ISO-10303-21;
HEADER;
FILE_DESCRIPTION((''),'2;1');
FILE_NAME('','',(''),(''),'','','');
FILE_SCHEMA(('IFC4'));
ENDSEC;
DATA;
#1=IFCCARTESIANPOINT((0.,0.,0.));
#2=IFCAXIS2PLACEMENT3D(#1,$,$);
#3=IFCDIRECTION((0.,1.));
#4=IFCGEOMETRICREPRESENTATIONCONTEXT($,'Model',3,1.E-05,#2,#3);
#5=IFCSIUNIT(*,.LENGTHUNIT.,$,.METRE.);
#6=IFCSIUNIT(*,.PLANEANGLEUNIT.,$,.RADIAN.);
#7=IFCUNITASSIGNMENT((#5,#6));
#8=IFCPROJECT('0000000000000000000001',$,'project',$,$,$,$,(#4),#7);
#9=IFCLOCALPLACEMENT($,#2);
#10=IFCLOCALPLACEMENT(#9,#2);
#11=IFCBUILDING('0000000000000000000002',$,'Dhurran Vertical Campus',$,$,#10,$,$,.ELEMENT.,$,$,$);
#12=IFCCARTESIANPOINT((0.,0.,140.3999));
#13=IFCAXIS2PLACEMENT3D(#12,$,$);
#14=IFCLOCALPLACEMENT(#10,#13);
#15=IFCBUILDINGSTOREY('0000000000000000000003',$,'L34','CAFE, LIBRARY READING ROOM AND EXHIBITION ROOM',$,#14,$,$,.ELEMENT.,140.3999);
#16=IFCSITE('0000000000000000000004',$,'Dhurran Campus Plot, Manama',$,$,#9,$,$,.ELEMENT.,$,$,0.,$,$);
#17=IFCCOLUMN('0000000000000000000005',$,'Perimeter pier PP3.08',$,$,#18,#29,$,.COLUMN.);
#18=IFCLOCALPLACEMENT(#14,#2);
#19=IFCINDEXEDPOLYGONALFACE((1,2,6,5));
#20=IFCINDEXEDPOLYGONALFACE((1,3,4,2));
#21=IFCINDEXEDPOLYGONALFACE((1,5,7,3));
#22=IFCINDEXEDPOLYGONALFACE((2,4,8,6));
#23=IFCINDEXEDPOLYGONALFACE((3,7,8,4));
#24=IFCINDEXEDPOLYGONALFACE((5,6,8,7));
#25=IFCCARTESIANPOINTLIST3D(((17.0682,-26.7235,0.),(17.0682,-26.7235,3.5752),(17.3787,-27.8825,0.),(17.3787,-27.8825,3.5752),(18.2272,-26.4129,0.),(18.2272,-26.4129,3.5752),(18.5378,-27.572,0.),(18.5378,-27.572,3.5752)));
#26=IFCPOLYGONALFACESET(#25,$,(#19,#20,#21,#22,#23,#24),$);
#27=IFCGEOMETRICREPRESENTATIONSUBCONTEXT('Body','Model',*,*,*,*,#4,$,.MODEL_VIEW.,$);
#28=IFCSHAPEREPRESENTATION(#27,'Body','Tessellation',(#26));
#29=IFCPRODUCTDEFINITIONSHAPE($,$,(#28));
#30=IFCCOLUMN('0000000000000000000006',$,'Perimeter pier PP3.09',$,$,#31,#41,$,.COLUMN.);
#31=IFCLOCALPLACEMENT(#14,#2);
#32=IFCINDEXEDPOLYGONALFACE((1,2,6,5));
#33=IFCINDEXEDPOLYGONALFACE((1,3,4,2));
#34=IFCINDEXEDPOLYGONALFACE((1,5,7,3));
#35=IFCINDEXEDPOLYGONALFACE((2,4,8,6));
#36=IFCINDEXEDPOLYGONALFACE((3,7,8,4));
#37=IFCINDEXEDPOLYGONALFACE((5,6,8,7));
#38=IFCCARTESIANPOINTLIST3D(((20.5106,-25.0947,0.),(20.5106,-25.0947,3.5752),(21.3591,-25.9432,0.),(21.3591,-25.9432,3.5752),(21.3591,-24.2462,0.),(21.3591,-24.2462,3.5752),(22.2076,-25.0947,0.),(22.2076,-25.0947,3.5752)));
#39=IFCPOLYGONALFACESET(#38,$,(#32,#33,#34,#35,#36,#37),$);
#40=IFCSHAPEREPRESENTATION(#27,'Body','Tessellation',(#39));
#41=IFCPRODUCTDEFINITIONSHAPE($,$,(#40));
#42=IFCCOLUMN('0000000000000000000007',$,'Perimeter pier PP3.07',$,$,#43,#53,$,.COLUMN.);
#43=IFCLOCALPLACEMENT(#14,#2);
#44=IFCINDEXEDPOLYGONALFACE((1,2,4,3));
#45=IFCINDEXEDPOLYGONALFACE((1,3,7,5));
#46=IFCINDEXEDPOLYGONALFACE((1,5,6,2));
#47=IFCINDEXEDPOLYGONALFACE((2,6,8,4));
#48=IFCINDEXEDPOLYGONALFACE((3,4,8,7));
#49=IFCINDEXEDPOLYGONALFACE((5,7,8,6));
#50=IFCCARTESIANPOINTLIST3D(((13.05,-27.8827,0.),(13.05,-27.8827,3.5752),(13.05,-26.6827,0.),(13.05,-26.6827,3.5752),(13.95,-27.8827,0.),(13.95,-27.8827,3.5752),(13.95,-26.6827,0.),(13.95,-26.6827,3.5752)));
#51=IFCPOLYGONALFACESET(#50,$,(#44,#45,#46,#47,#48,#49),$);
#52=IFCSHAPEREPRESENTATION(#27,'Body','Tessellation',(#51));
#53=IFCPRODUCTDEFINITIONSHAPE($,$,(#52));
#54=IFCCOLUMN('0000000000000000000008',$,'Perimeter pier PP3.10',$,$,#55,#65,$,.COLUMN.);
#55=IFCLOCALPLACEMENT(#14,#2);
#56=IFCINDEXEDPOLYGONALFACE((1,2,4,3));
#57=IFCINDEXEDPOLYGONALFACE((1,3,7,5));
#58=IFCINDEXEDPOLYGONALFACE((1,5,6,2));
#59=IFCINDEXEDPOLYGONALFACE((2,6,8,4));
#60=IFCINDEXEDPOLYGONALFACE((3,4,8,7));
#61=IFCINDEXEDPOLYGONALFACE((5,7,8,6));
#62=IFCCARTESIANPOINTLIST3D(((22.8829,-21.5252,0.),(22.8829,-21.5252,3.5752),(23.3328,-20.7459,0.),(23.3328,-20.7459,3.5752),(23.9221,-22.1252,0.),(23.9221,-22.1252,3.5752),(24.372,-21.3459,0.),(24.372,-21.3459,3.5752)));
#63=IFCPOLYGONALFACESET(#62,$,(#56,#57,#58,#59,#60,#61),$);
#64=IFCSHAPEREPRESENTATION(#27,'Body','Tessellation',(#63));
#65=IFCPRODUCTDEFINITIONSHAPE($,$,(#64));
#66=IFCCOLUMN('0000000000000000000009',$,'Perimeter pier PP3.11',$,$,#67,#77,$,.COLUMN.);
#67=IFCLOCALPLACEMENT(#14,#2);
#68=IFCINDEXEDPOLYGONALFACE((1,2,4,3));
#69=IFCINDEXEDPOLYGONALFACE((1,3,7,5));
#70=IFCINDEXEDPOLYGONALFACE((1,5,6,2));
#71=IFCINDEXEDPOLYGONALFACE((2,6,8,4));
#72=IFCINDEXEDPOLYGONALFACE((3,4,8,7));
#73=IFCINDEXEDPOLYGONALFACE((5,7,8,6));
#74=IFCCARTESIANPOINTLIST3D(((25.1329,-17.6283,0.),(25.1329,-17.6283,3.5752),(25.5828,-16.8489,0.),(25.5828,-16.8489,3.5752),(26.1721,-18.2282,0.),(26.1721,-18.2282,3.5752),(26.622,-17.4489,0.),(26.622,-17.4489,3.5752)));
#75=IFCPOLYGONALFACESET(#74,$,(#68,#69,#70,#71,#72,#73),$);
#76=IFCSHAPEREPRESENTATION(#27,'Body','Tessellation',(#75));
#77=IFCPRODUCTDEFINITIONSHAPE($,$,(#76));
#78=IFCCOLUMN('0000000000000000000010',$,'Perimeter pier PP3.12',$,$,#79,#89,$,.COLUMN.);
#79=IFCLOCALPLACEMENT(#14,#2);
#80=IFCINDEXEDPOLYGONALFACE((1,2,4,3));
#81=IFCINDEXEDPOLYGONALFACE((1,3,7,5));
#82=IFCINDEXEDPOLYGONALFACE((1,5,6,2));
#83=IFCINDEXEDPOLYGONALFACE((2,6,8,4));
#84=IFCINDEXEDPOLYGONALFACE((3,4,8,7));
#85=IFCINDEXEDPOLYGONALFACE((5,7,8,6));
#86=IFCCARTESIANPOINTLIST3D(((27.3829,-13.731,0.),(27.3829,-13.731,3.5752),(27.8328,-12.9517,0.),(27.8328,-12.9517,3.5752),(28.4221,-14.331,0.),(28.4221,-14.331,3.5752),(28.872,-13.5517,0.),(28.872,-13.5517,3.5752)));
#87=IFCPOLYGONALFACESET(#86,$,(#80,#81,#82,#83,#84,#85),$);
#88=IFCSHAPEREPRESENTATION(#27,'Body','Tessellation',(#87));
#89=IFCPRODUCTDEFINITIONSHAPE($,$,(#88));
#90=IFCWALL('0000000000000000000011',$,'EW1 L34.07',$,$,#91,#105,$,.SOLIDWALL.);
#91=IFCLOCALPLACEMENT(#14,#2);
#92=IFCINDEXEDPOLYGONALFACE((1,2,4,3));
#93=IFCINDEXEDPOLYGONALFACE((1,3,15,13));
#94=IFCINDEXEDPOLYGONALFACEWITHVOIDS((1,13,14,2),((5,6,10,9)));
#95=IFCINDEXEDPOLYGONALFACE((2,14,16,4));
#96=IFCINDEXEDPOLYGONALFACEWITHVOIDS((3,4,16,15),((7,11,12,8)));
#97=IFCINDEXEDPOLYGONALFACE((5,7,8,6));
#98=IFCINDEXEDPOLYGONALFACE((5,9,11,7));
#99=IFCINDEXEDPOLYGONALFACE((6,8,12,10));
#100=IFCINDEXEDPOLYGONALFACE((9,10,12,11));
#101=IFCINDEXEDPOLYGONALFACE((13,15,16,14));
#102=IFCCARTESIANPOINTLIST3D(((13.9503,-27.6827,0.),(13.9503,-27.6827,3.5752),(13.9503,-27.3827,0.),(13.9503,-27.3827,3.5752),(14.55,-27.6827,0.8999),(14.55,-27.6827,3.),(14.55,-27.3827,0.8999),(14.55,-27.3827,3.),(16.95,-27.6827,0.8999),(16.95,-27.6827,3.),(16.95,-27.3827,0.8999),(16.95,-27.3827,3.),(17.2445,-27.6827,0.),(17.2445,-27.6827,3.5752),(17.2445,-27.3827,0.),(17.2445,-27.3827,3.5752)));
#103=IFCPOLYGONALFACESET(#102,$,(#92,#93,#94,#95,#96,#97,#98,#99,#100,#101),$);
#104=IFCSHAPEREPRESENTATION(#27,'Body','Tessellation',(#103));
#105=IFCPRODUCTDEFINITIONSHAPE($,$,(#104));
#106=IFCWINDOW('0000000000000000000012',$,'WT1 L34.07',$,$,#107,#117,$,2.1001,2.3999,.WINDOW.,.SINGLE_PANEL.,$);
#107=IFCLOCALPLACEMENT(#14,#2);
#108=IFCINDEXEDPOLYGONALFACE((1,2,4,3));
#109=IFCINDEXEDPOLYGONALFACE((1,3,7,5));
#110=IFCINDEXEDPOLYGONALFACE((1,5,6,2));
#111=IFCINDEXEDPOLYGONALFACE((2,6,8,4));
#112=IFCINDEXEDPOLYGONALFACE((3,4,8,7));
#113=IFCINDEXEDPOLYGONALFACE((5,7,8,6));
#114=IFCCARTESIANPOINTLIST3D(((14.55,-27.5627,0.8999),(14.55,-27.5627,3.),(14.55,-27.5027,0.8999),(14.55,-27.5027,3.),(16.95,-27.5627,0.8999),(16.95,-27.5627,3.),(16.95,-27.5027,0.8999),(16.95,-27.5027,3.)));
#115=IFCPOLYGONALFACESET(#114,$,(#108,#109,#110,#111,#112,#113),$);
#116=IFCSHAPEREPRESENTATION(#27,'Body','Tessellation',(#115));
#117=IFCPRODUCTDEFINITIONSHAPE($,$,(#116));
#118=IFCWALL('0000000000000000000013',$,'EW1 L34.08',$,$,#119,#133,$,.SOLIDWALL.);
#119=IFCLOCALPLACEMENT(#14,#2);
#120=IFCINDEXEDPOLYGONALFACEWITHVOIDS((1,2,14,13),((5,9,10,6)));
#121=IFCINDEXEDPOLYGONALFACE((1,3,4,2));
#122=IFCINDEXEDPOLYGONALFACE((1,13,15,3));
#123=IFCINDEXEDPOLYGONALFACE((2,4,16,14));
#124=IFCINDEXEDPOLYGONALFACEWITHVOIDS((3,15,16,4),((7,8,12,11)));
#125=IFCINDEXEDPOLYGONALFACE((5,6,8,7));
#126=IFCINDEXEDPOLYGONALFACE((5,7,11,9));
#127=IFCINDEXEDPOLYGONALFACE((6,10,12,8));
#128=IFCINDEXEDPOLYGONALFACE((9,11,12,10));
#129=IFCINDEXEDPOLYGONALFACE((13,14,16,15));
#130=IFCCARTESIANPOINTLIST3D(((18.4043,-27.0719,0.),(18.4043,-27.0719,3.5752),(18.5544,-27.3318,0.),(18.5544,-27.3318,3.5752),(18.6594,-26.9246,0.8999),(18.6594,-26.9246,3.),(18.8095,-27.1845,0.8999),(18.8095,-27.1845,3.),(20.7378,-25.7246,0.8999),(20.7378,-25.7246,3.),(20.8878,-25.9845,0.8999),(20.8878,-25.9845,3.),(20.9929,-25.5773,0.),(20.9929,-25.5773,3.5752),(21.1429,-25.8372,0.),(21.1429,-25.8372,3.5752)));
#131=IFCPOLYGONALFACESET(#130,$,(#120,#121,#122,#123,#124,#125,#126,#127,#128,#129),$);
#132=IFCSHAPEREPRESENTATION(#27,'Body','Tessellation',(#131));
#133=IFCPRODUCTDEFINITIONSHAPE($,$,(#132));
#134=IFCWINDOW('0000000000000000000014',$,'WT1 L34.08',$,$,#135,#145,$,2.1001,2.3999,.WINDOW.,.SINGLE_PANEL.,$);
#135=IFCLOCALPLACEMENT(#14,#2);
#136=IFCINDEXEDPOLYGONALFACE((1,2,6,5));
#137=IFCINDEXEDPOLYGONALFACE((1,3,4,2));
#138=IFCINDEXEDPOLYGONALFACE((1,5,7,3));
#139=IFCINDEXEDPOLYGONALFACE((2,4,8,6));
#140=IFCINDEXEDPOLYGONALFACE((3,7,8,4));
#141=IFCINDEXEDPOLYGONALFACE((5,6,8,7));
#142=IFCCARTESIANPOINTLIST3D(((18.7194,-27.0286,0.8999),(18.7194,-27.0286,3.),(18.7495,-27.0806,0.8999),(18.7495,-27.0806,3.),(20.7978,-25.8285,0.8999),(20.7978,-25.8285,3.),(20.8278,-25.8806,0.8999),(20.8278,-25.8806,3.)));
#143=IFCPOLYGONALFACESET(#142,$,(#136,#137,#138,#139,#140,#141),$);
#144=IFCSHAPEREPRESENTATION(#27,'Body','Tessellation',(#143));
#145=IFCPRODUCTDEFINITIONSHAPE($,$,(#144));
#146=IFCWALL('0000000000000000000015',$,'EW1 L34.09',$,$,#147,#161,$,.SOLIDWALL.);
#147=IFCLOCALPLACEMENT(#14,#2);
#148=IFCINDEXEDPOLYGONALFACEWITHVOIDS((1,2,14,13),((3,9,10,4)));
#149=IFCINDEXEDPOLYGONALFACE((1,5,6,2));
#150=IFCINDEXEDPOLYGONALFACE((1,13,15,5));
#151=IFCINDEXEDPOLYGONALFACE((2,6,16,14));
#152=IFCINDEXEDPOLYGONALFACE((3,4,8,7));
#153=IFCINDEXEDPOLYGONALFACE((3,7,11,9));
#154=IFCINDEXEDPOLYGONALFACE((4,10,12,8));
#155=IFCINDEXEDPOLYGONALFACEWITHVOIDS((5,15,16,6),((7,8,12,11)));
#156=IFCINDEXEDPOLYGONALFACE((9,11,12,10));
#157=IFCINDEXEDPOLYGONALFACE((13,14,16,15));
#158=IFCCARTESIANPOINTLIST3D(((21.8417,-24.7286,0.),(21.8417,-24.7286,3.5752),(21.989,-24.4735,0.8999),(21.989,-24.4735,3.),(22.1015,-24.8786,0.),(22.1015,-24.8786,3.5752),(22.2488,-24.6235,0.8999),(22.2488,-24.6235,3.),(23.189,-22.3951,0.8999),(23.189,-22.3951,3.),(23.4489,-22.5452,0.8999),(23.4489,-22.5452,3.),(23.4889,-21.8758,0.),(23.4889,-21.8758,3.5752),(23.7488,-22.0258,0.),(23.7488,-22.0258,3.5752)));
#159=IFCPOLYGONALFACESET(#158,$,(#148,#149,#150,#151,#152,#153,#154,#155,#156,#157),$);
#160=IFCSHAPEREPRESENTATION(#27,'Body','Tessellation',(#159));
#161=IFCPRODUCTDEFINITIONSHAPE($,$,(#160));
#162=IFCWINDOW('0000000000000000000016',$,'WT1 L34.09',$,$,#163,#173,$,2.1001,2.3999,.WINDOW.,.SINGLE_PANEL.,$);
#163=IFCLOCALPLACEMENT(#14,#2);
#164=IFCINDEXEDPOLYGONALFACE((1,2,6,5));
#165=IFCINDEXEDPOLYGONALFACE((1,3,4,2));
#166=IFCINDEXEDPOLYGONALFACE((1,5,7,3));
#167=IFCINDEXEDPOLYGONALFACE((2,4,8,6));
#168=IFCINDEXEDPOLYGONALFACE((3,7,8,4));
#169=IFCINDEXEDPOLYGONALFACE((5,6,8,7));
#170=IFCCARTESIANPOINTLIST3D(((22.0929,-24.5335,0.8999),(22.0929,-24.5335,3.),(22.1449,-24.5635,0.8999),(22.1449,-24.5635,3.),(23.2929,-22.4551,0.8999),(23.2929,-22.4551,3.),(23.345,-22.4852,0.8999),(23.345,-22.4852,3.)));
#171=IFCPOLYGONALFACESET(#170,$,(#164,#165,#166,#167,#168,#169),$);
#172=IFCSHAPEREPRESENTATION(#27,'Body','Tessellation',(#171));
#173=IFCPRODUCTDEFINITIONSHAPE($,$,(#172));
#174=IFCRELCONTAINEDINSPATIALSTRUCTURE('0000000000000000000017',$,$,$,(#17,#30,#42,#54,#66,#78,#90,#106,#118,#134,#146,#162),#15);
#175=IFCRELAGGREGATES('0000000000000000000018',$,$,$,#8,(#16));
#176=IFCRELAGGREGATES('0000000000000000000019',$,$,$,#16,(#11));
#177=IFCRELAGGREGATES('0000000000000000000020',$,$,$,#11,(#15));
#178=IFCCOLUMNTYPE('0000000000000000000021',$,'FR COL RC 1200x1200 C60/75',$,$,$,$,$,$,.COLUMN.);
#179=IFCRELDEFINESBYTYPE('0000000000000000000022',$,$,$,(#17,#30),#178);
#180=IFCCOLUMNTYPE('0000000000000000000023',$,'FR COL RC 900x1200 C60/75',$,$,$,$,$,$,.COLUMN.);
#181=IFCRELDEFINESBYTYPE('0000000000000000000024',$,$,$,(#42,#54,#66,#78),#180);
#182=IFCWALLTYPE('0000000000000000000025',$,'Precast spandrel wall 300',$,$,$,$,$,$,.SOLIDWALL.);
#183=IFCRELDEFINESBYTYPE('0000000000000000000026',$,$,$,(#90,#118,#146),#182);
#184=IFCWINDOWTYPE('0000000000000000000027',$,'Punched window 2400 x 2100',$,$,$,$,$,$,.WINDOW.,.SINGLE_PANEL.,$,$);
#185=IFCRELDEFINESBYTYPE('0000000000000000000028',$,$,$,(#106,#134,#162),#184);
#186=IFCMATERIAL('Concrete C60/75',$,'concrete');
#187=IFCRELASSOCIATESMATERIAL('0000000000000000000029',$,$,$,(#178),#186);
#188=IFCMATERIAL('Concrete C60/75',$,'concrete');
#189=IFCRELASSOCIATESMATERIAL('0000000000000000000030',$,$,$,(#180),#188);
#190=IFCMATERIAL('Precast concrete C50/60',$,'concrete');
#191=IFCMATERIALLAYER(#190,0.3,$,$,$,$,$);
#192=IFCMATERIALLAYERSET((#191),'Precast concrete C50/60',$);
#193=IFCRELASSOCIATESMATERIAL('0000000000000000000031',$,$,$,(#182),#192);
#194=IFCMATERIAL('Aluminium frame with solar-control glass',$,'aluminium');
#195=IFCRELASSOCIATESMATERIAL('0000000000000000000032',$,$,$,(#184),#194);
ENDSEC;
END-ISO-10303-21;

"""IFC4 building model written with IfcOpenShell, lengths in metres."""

from ifc_helpers import new_model, si_unit, direction, frame, frame_2d, origin, origin_2d, place, context, subcontext, project, spatial, rectangle, extrude, material, layer, layer_set, material_profile, profile_set, type_object, element, fill, save


model = new_model("IFC4")

# Units and contexts
model_context = context("Model", 3, precision=1e-05, world=origin(), true_north=direction((0.0, 1.0)))
body_context = subcontext(model_context, "Body", "Model", "MODEL_VIEW")
ifc_project = project(units=[si_unit("LENGTHUNIT", "METRE"), si_unit("PLANEANGLEUNIT", "RADIAN")], contexts=[model_context])

# Site, building, storey
site_placement = place(None, origin())
site = spatial("IfcSite", under=ifc_project, at=site_placement, Name="Dhurran Campus Plot, Manama", CompositionType="ELEMENT", RefElevation=0.0)
building_placement = place(site_placement, origin())
building = spatial("IfcBuilding", under=site, at=building_placement, Name="Dhurran Vertical Campus", CompositionType="ELEMENT")
storey_placement = place(building_placement, frame((0.0, 0.0, 140.3999)))
storey = spatial("IfcBuildingStorey", under=building, at=storey_placement, Name="L34", Description="CAFE, LIBRARY READING ROOM AND EXHIBITION ROOM", CompositionType="ELEMENT", Elevation=140.3999)

# Columns
ifc_material_1 = material(Name="Concrete C60/75", Category="concrete")
ifc_material_profile_1 = material_profile(ifc_material_1, rectangle(XDim=1.2, YDim=1.2, at=origin_2d()), Name="RC 1200x1200")
ifc_profile_set_1 = profile_set([ifc_material_profile_1], Name="Concrete C60/75")
column_type_1 = type_object("IfcColumnType", Name="FR COL RC 1200x1200 C60/75", PredefinedType="COLUMN", material=ifc_profile_set_1)
for number, where, z_axis, x_axis, name in (
    (1, (17.803, -27.1477, 0.0), (0.0, 0.0, 1.0), (0.965926, 0.258819, 0.0), "Perimeter pier PP3.08"),
    (2, (21.3591, -25.0947, 0.0), (0.0, 0.0, 1.0), (0.707107, 0.707107, 0.0), "Perimeter pier PP3.09"),
):
    element("IfcColumn", number, at=place(storey_placement, frame(where, z_axis=z_axis, x_axis=x_axis)), inside=storey, type_object=column_type_1, Name=name, PredefinedType="COLUMN", context=body_context, shape_type="SweptSolid", body=[
        extrude(rectangle(XDim=1.2, YDim=1.2, at=origin_2d()), origin(), (0.0, 0.0, 1.0), 3.5752),
    ])
ifc_material_2 = material(Name="Concrete C60/75", Category="concrete")
ifc_material_profile_2 = material_profile(ifc_material_2, rectangle(XDim=0.8999, YDim=1.2, at=origin_2d()), Name="RC 900x1200")
ifc_profile_set_2 = profile_set([ifc_material_profile_2], Name="Concrete C60/75")
column_type_2 = type_object("IfcColumnType", Name="FR COL RC 900x1200 C60/75", PredefinedType="COLUMN", material=ifc_profile_set_2)
for number, where, z_axis, x_axis, name in (
    (3, (13.5, -27.2827, 0.0), (0.0, 0.0, 1.0), (1.0, 0.0, 0.0), "Perimeter pier PP3.07"),
    (4, (23.6274, -21.4355, 0.0), (0.0, 0.0, 1.0), (0.5, 0.866025, 0.0), "Perimeter pier PP3.10"),
    (5, (25.8774, -17.5386, 0.0), (0.0, 0.0, 1.0), (0.5, 0.866025, 0.0), "Perimeter pier PP3.11"),
    (6, (28.1274, -13.6414, 0.0), (0.0, 0.0, 1.0), (0.5, 0.866025, 0.0), "Perimeter pier PP3.12"),
):
    element("IfcColumn", number, at=place(storey_placement, frame(where, z_axis=z_axis, x_axis=x_axis)), inside=storey, type_object=column_type_2, Name=name, PredefinedType="COLUMN", context=body_context, shape_type="SweptSolid", body=[
        extrude(rectangle(XDim=0.8999, YDim=1.2, at=origin_2d()), origin(), (0.0, 0.0, 1.0), 3.5752),
    ])

# Walls, openings, windows
ifc_material_3 = material(Name="Precast concrete C50/60", Category="concrete")
ifc_layer_1 = layer(ifc_material_3, 0.3)
ifc_layer_set_1 = layer_set([ifc_layer_1], Name="Precast concrete C50/60")
wall_type_1 = type_object("IfcWallType", Name="Precast spandrel wall 300", PredefinedType="SOLIDWALL", material=ifc_layer_set_1)
wall_1_placement = place(storey_placement, frame((13.9504, -27.5327, 0.0), z_axis=(0.0, 0.0, 1.0), x_axis=(1.0, 0.0, 0.0)))
wall_1 = element("IfcWall", 7, at=wall_1_placement, inside=storey, type_object=wall_type_1, Name="EW1 L34.07", PredefinedType="SOLIDWALL", context=body_context, shape_type="SweptSolid", body=[
    extrude(rectangle(XDim=3.2942, YDim=0.3, at=frame_2d((1.647, 0.0))), origin(), (0.0, 0.0, 1.0), 3.5752),
])
opening_1_placement = place(wall_1_placement, frame((0.5996, 0.0, 0.8999)))
opening_1 = element("IfcOpeningElement", 8, at=opening_1_placement, cuts=wall_1, PredefinedType="OPENING", context=body_context, shape_type="SweptSolid", body=[
    extrude(rectangle(XDim=2.3999, YDim=2.1001, at=frame_2d((1.2, 1.05))), frame((0.0, 0.1599, 0.0), z_axis=(0.0, -1.0, 0.0), x_axis=(1.0, 0.0, 0.0)), (0.0, 0.0, 1.0), 0.3201),
])
ifc_material_4 = material(Name="Aluminium frame with solar-control glass", Category="aluminium")
window_type = type_object("IfcWindowType", Name="Punched window 2400 x 2100", PartitioningType="SINGLE_PANEL", PredefinedType="WINDOW", material=ifc_material_4)
window_1_placement = place(opening_1_placement, origin())
window_1 = element("IfcWindow", 9, at=window_1_placement, inside=storey, type_object=window_type, Name="WT1 L34.07", OverallHeight=2.1001, OverallWidth=2.3999, PartitioningType="SINGLE_PANEL", PredefinedType="WINDOW", context=body_context, shape_type="SweptSolid", body=[
    extrude(rectangle(XDim=2.3999, YDim=2.1001, at=frame_2d((1.2, 1.05))), frame((0.0, 0.03, 0.0), z_axis=(0.0, -1.0, 0.0), x_axis=(1.0, 0.0, 0.0)), (0.0, 0.0, 1.0), 0.0601),
])
fill(opening_1, window_1)
wall_2_placement = place(storey_placement, frame((18.4792, -27.2019, 0.0), z_axis=(0.0, 0.0, 1.0), x_axis=(0.866013, 0.500022, 0.0)))
wall_2 = element("IfcWall", 10, at=wall_2_placement, inside=storey, type_object=wall_type_1, Name="EW1 L34.08", PredefinedType="SOLIDWALL", context=body_context, shape_type="SweptSolid", body=[
    extrude(rectangle(XDim=2.989, YDim=0.3, at=frame_2d((1.4946, 0.0))), origin(), (0.0, 0.0, 1.0), 3.5752),
])
opening_2_placement = place(wall_2_placement, frame((0.2947, 0.0, 0.8999)))
opening_2 = element("IfcOpeningElement", 11, at=opening_2_placement, cuts=wall_2, PredefinedType="OPENING", context=body_context, shape_type="SweptSolid", body=[
    extrude(rectangle(XDim=2.3999, YDim=2.1001, at=frame_2d((1.2, 1.05))), frame((0.0, 0.1599, 0.0), z_axis=(0.0, -1.0, 0.0), x_axis=(1.0, 0.0, 0.0)), (0.0, 0.0, 1.0), 0.3201),
])
window_2_placement = place(opening_2_placement, origin())
window_2 = element("IfcWindow", 12, at=window_2_placement, inside=storey, type_object=window_type, Name="WT1 L34.08", OverallHeight=2.1001, OverallWidth=2.3999, PartitioningType="SINGLE_PANEL", PredefinedType="WINDOW", context=body_context, shape_type="SweptSolid", body=[
    extrude(rectangle(XDim=2.3999, YDim=2.1001, at=frame_2d((1.2, 1.05))), frame((0.0, 0.03, 0.0), z_axis=(0.0, -1.0, 0.0), x_axis=(1.0, 0.0, 0.0)), (0.0, 0.0, 1.0), 0.0601),
])
fill(opening_2, window_2)
wall_3_placement = place(storey_placement, frame((21.9717, -24.8035, 0.0), z_axis=(0.0, 0.0, 1.0), x_axis=(0.500037, 0.866004, 0.0)))
wall_3 = element("IfcWall", 13, at=wall_3_placement, inside=storey, type_object=wall_type_1, Name="EW1 L34.09", PredefinedType="SOLIDWALL", context=body_context, shape_type="SweptSolid", body=[
    extrude(rectangle(XDim=3.2942, YDim=0.3, at=frame_2d((1.647, 0.0))), origin(), (0.0, 0.0, 1.0), 3.5752),
])
opening_3_placement = place(wall_3_placement, frame((0.2944, 0.0, 0.8999)))
opening_3 = element("IfcOpeningElement", 14, at=opening_3_placement, cuts=wall_3, PredefinedType="OPENING", context=body_context, shape_type="SweptSolid", body=[
    extrude(rectangle(XDim=2.3999, YDim=2.1001, at=frame_2d((1.2, 1.05))), frame((0.0, 0.1599, 0.0), z_axis=(0.0, -1.0, 0.0), x_axis=(1.0, 0.0, 0.0)), (0.0, 0.0, 1.0), 0.3201),
])
window_3_placement = place(opening_3_placement, origin())
window_3 = element("IfcWindow", 15, at=window_3_placement, inside=storey, type_object=window_type, Name="WT1 L34.09", OverallHeight=2.1001, OverallWidth=2.3999, PartitioningType="SINGLE_PANEL", PredefinedType="WINDOW", context=body_context, shape_type="SweptSolid", body=[
    extrude(rectangle(XDim=2.3999, YDim=2.1001, at=frame_2d((1.2, 1.05))), frame((0.0, 0.03, 0.0), z_axis=(0.0, -1.0, 0.0), x_axis=(1.0, 0.0, 0.0)), (0.0, 0.0, 1.0), 0.0601),
])
fill(opening_3, window_3)

save(model, "model.ifc")
